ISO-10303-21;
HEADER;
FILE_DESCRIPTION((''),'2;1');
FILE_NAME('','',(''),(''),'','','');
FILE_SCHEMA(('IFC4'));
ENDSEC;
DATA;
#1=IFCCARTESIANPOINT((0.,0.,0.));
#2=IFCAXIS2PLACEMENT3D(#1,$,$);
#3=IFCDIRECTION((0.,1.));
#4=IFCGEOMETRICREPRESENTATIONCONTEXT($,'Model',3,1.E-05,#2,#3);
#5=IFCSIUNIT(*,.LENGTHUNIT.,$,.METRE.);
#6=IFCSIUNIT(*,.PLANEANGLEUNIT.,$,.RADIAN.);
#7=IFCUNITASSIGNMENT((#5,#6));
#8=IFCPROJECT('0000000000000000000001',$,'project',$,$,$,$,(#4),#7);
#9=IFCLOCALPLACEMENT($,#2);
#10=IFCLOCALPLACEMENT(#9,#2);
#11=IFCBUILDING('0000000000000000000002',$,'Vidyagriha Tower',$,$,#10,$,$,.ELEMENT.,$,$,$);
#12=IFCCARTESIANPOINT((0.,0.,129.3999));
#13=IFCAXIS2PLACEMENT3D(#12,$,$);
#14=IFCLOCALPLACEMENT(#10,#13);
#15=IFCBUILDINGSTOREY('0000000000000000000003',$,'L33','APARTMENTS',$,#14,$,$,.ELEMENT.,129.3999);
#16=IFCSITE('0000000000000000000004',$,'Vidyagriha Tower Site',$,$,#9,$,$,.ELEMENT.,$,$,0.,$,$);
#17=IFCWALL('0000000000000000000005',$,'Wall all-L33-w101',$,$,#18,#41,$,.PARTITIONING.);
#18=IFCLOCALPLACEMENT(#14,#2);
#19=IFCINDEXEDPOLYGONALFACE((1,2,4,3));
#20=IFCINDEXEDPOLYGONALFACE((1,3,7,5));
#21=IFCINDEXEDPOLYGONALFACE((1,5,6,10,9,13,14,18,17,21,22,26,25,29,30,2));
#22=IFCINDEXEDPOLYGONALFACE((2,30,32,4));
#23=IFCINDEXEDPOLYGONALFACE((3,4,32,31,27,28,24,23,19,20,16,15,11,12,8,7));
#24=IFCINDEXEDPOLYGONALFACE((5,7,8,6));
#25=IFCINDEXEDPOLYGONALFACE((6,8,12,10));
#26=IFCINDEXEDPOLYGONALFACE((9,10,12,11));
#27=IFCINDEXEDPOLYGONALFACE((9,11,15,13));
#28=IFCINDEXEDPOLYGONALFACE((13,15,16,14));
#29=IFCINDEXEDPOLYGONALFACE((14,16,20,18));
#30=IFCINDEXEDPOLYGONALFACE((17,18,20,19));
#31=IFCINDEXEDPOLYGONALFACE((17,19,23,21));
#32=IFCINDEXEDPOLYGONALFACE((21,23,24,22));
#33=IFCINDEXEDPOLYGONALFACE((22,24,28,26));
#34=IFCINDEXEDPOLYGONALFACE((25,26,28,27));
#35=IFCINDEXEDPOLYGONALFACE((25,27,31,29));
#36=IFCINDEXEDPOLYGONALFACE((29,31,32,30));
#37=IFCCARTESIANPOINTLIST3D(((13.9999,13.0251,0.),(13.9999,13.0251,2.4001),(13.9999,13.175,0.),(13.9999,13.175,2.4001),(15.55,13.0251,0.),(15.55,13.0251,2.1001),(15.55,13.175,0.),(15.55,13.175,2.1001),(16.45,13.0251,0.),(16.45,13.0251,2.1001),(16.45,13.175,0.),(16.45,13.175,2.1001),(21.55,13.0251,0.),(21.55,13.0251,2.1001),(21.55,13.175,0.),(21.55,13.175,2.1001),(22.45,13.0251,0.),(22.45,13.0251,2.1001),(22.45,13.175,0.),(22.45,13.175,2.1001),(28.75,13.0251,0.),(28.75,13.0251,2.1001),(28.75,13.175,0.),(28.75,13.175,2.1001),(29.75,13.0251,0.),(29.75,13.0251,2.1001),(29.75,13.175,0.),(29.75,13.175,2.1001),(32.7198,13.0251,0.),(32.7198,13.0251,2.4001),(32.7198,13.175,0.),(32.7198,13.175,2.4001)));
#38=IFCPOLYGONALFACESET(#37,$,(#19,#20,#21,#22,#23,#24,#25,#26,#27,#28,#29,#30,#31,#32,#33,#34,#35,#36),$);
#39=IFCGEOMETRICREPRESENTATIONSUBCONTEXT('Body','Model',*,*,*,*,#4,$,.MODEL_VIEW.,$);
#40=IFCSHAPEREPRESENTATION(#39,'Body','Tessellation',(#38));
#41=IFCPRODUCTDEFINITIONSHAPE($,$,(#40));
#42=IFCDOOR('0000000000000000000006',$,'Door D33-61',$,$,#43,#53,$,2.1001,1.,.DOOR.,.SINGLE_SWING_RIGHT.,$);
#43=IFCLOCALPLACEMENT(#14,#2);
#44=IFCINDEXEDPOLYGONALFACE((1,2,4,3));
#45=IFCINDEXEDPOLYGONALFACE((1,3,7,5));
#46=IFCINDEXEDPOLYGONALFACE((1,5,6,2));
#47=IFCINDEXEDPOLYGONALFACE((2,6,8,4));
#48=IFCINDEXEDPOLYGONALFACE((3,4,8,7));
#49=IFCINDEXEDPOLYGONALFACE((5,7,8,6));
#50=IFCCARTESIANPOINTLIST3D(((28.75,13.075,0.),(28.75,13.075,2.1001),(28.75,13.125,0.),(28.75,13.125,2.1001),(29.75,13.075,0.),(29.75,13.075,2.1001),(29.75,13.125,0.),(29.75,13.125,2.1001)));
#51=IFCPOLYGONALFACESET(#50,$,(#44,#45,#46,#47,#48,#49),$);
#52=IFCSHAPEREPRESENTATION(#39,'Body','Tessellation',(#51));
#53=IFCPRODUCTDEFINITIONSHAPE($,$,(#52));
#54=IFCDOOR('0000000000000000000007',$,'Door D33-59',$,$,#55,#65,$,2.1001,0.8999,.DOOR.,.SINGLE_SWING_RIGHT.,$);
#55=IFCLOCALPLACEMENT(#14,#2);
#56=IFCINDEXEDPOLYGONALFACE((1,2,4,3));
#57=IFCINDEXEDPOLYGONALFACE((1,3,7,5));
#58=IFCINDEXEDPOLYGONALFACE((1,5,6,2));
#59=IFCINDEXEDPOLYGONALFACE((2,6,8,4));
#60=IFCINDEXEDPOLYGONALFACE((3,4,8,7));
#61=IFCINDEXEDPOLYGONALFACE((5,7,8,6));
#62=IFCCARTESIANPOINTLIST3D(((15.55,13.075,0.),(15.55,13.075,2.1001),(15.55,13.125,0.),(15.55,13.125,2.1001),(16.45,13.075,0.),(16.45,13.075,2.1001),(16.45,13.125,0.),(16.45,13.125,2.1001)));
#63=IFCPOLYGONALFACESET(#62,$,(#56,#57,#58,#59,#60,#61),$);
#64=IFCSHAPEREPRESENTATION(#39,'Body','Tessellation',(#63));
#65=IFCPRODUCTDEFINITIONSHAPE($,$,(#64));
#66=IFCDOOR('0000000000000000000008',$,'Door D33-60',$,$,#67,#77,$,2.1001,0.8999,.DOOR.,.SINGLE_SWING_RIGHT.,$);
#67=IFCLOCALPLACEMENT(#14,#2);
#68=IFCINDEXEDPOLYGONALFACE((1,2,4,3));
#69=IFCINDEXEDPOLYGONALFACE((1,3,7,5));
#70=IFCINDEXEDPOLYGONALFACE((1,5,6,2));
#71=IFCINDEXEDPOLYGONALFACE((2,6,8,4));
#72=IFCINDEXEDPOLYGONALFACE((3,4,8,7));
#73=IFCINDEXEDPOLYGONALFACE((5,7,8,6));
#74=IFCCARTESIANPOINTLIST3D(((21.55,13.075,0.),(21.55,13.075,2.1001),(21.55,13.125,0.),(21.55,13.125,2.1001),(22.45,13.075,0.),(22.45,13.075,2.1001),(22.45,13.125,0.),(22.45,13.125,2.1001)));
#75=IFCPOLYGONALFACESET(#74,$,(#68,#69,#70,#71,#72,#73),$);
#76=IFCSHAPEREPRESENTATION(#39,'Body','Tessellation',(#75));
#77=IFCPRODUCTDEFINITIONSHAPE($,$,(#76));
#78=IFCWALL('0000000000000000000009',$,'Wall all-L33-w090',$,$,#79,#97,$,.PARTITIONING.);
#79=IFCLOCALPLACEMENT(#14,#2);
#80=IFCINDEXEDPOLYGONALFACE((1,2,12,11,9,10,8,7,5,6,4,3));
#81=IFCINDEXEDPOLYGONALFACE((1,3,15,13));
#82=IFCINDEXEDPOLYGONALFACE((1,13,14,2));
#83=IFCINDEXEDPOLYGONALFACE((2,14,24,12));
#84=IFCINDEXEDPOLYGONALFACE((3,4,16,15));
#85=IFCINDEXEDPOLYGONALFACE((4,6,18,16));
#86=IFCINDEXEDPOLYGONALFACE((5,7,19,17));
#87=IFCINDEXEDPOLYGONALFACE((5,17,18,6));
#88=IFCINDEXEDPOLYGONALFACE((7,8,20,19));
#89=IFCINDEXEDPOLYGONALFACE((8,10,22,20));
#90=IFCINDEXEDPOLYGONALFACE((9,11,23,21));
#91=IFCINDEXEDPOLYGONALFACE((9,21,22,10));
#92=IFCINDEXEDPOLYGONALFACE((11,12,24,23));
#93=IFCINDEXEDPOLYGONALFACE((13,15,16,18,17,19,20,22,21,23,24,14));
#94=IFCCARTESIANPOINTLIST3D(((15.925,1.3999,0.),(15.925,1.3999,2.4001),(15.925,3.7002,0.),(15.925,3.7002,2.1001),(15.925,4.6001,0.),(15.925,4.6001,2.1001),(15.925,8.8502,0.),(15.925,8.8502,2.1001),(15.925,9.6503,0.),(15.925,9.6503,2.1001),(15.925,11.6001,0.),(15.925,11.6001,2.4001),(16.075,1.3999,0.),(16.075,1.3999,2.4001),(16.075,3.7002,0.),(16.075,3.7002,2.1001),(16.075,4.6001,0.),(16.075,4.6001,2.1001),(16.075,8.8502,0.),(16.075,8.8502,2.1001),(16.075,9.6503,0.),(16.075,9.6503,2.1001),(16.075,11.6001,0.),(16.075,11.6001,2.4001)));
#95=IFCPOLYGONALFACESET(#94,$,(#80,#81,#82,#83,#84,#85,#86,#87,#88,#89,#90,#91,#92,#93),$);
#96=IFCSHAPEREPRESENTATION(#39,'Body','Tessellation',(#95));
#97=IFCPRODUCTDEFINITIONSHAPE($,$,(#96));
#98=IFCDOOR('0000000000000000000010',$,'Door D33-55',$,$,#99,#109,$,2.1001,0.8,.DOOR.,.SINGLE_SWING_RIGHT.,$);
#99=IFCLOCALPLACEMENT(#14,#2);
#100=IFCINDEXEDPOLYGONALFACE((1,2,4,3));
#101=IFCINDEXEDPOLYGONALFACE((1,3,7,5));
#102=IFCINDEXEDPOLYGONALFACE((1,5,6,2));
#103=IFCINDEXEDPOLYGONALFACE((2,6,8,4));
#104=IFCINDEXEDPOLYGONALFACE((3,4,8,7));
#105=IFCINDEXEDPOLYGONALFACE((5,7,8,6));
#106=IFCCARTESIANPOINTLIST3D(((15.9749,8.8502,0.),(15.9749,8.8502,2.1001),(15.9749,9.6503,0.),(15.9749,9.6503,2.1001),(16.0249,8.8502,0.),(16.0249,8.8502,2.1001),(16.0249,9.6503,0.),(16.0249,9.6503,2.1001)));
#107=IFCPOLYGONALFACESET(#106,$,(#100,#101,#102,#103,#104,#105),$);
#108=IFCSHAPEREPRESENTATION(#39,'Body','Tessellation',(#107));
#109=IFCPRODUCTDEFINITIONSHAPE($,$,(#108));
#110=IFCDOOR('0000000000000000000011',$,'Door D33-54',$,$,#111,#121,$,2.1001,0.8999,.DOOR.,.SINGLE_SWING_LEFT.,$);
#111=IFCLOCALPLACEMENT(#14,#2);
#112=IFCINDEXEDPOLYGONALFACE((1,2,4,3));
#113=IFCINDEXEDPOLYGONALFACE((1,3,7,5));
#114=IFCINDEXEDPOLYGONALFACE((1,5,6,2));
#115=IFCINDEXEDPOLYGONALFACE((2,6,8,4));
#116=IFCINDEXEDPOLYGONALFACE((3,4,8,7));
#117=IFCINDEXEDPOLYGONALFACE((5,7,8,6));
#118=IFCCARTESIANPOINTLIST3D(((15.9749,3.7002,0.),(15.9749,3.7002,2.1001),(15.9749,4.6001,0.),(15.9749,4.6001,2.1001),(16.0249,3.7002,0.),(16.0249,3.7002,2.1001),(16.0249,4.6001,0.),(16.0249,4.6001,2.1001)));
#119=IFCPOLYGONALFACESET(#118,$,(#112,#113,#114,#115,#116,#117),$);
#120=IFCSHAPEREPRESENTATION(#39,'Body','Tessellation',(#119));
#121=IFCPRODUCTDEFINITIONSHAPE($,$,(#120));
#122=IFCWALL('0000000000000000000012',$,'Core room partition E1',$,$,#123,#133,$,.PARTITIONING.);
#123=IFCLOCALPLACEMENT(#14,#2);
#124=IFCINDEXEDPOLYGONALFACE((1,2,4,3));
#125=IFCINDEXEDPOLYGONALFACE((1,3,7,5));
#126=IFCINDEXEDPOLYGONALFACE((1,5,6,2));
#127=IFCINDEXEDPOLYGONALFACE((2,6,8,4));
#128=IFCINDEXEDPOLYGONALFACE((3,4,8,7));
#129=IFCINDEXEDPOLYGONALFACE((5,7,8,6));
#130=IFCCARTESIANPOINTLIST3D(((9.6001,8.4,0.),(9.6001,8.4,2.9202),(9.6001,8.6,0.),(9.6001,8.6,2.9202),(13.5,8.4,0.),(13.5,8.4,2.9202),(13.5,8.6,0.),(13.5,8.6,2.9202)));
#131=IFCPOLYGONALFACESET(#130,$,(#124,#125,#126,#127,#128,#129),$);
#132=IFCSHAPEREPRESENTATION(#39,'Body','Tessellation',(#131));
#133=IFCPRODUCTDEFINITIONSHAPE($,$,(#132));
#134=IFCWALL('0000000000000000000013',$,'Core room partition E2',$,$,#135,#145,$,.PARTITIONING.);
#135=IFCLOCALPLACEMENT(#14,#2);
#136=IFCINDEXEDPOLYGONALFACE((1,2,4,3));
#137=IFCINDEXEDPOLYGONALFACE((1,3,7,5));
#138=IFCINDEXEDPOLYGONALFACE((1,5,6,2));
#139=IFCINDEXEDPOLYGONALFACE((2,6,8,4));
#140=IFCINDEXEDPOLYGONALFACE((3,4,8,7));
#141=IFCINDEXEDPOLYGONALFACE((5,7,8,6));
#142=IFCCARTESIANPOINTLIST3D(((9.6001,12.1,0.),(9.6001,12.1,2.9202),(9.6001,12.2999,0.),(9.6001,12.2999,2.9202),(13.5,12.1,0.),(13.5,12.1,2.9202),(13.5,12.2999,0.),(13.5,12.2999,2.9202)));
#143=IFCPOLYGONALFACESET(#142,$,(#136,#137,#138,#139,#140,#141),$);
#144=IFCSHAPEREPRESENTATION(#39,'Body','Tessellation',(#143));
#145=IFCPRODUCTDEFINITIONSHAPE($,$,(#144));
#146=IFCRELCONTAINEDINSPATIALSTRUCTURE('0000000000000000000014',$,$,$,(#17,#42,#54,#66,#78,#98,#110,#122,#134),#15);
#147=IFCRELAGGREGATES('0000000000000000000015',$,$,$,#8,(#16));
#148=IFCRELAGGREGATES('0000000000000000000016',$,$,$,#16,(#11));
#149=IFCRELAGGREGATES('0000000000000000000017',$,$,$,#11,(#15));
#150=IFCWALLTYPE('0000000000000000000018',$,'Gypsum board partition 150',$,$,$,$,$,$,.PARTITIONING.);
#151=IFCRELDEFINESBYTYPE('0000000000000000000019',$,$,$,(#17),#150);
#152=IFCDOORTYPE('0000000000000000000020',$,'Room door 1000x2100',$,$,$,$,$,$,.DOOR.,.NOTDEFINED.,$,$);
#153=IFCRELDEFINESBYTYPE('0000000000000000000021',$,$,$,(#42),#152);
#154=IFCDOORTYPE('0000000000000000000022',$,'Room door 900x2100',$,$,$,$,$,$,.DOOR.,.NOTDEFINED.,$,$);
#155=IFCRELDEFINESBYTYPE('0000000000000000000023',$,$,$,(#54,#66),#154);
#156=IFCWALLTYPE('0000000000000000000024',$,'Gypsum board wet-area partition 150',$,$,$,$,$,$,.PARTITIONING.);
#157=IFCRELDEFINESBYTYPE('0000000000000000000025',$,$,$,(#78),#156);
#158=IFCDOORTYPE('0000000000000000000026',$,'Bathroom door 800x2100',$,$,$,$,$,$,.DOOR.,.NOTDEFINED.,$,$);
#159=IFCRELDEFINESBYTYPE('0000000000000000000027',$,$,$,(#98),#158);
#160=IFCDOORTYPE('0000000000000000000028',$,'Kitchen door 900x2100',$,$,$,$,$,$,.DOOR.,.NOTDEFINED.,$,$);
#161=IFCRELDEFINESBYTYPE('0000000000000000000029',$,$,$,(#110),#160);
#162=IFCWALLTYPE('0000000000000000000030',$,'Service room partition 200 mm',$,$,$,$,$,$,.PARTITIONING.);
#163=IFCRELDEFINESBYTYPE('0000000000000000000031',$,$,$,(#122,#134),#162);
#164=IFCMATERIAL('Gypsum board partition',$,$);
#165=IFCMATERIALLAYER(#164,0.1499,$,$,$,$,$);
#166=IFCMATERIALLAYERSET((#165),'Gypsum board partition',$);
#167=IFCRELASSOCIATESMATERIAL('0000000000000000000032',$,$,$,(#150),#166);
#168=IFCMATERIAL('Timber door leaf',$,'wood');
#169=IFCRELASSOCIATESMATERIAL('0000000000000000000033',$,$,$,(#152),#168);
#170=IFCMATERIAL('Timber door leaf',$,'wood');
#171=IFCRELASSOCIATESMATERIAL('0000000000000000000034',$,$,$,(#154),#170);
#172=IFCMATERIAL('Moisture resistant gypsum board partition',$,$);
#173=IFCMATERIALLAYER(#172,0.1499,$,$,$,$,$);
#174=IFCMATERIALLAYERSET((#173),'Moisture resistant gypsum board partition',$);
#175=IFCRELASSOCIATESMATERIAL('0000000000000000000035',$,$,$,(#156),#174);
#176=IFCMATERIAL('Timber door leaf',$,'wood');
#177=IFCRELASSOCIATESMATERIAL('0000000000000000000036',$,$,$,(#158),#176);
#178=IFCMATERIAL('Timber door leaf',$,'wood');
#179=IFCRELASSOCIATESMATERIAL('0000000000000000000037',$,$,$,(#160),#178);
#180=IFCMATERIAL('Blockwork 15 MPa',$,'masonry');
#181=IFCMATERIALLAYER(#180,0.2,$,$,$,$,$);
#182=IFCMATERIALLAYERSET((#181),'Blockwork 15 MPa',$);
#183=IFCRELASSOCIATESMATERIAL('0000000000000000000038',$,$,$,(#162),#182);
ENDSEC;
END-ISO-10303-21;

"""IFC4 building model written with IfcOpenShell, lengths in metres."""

from ifc_helpers import new_model, si_unit, direction, frame, frame_2d, origin, place, context, subcontext, project, spatial, rectangle, extrude, material, layer, layer_set, type_object, element, fill, save


model = new_model("IFC4")

# Units and contexts
model_context = context("Model", 3, precision=1e-05, world=origin(), true_north=direction((0.0, 1.0)))
body_context = subcontext(model_context, "Body", "Model", "MODEL_VIEW")
ifc_project = project(units=[si_unit("LENGTHUNIT", "METRE"), si_unit("PLANEANGLEUNIT", "RADIAN")], contexts=[model_context])

# Site, building, storey
site_placement = place(None, origin())
site = spatial("IfcSite", under=ifc_project, at=site_placement, Name="Vidyagriha Tower Site", CompositionType="ELEMENT", RefElevation=0.0)
building_placement = place(site_placement, origin())
building = spatial("IfcBuilding", under=site, at=building_placement, Name="Vidyagriha Tower", CompositionType="ELEMENT")
storey_placement = place(building_placement, frame((0.0, 0.0, 129.3999)))
storey = spatial("IfcBuildingStorey", under=building, at=storey_placement, Name="L33", Description="APARTMENTS", CompositionType="ELEMENT", Elevation=129.3999)

# Shared definitions
ifc_material_1 = material(Name="Gypsum board partition")
ifc_layer_1 = layer(ifc_material_1, 0.1499)
ifc_layer_set_1 = layer_set([ifc_layer_1], Name="Gypsum board partition")
wall_type_1 = type_object("IfcWallType", Name="Gypsum board partition 150", PredefinedType="PARTITIONING", material=ifc_layer_set_1)

# Walls, openings, doors
wall_1_placement = place(storey_placement, frame((14.0, 13.1001, 0.0)))
wall_1 = element("IfcWall", 1, at=wall_1_placement, inside=storey, type_object=wall_type_1, Name="Wall all-L33-w101", PredefinedType="PARTITIONING", context=body_context, shape_type="SweptSolid", body=[
    extrude(rectangle(XDim=18.72, YDim=0.1499, at=frame_2d((9.3599, 0.0))), origin(), (0.0, 0.0, 1.0), 2.4001),
])
opening_1_placement = place(wall_1_placement, frame((1.55, 0.0, 0.0)))
opening_1 = element("IfcOpeningElement", 2, at=opening_1_placement, cuts=wall_1, PredefinedType="OPENING", context=body_context, shape_type="SweptSolid", body=[
    extrude(rectangle(XDim=0.8999, YDim=2.1001, at=frame_2d((0.45, 1.05))), frame((0.0, 0.085, 0.0), z_axis=(0.0, -1.0, 0.0), x_axis=(1.0, 0.0, 0.0)), (0.0, 0.0, 1.0), 0.1699),
])
opening_2_placement = place(wall_1_placement, frame((7.55, 0.0, 0.0)))
opening_2 = element("IfcOpeningElement", 3, at=opening_2_placement, cuts=wall_1, PredefinedType="OPENING", context=body_context, shape_type="SweptSolid", body=[
    extrude(rectangle(XDim=0.8999, YDim=2.1001, at=frame_2d((0.45, 1.05))), frame((0.0, 0.085, 0.0), z_axis=(0.0, -1.0, 0.0), x_axis=(1.0, 0.0, 0.0)), (0.0, 0.0, 1.0), 0.1699),
])
opening_3_placement = place(wall_1_placement, frame((14.75, 0.0, 0.0)))
opening_3 = element("IfcOpeningElement", 4, at=opening_3_placement, cuts=wall_1, PredefinedType="OPENING", context=body_context, shape_type="SweptSolid", body=[
    extrude(rectangle(XDim=1.0, YDim=2.1001, at=frame_2d((0.5, 1.05))), frame((0.0, 0.085, 0.0), z_axis=(0.0, -1.0, 0.0), x_axis=(1.0, 0.0, 0.0)), (0.0, 0.0, 1.0), 0.1699),
])
ifc_material_2 = material(Name="Timber door leaf", Category="wood")
door_type_1 = type_object("IfcDoorType", Name="Room door 1000x2100", OperationType="NOTDEFINED", PredefinedType="DOOR", material=ifc_material_2)
door_1_placement = place(opening_3_placement, origin())
door_1 = element("IfcDoor", 5, at=door_1_placement, inside=storey, type_object=door_type_1, Name="Door D33-61", OperationType="SINGLE_SWING_RIGHT", OverallHeight=2.1001, OverallWidth=1.0, PredefinedType="DOOR", context=body_context, shape_type="SweptSolid", body=[
    extrude(rectangle(XDim=1.0, YDim=2.1001, at=frame_2d((0.5, 1.05))), frame((0.0, 0.0249, 0.0), z_axis=(0.0, -1.0, 0.0), x_axis=(1.0, 0.0, 0.0)), (0.0, 0.0, 1.0), 0.05),
])
fill(opening_3, door_1)
ifc_material_3 = material(Name="Timber door leaf", Category="wood")
door_type_2 = type_object("IfcDoorType", Name="Room door 900x2100", OperationType="NOTDEFINED", PredefinedType="DOOR", material=ifc_material_3)
door_2_placement = place(opening_1_placement, origin())
door_2 = element("IfcDoor", 6, at=door_2_placement, inside=storey, type_object=door_type_2, Name="Door D33-59", OperationType="SINGLE_SWING_RIGHT", OverallHeight=2.1001, OverallWidth=0.8999, PredefinedType="DOOR", context=body_context, shape_type="SweptSolid", body=[
    extrude(rectangle(XDim=0.8999, YDim=2.1001, at=frame_2d((0.45, 1.05))), frame((0.0, 0.0249, 0.0), z_axis=(0.0, -1.0, 0.0), x_axis=(1.0, 0.0, 0.0)), (0.0, 0.0, 1.0), 0.05),
])
fill(opening_1, door_2)
door_3_placement = place(opening_2_placement, origin())
door_3 = element("IfcDoor", 7, at=door_3_placement, inside=storey, type_object=door_type_2, Name="Door D33-60", OperationType="SINGLE_SWING_RIGHT", OverallHeight=2.1001, OverallWidth=0.8999, PredefinedType="DOOR", context=body_context, shape_type="SweptSolid", body=[
    extrude(rectangle(XDim=0.8999, YDim=2.1001, at=frame_2d((0.45, 1.05))), frame((0.0, 0.0249, 0.0), z_axis=(0.0, -1.0, 0.0), x_axis=(1.0, 0.0, 0.0)), (0.0, 0.0, 1.0), 0.05),
])
fill(opening_2, door_3)
ifc_material_4 = material(Name="Moisture resistant gypsum board partition")
ifc_layer_2 = layer(ifc_material_4, 0.1499)
ifc_layer_set_2 = layer_set([ifc_layer_2], Name="Moisture resistant gypsum board partition")
wall_type_2 = type_object("IfcWallType", Name="Gypsum board wet-area partition 150", PredefinedType="PARTITIONING", material=ifc_layer_set_2)
wall_2_placement = place(storey_placement, frame((16.0, 11.6001, 0.0), z_axis=(0.0, 0.0, 1.0), x_axis=(0.0, -1.0, 0.0)))
wall_2 = element("IfcWall", 8, at=wall_2_placement, inside=storey, type_object=wall_type_2, Name="Wall all-L33-w090", PredefinedType="PARTITIONING", context=body_context, shape_type="SweptSolid", body=[
    extrude(rectangle(XDim=10.2002, YDim=0.1499, at=frame_2d((5.1001, 0.0))), origin(), (0.0, 0.0, 1.0), 2.4001),
])
opening_4_placement = place(wall_2_placement, frame((7.0, 0.0, 0.0)))
opening_4 = element("IfcOpeningElement", 9, at=opening_4_placement, cuts=wall_2, PredefinedType="OPENING", context=body_context, shape_type="SweptSolid", body=[
    extrude(rectangle(XDim=0.8999, YDim=2.1001, at=frame_2d((0.45, 1.05))), frame((0.0, 0.085, 0.0), z_axis=(0.0, -1.0, 0.0), x_axis=(1.0, 0.0, 0.0)), (0.0, 0.0, 1.0), 0.1699),
])
opening_5_placement = place(wall_2_placement, frame((1.95, 0.0, 0.0)))
opening_5 = element("IfcOpeningElement", 10, at=opening_5_placement, cuts=wall_2, PredefinedType="OPENING", context=body_context, shape_type="SweptSolid", body=[
    extrude(rectangle(XDim=0.8, YDim=2.1001, at=frame_2d((0.3999, 1.05))), frame((0.0, 0.085, 0.0), z_axis=(0.0, -1.0, 0.0), x_axis=(1.0, 0.0, 0.0)), (0.0, 0.0, 1.0), 0.1699),
])
ifc_material_5 = material(Name="Timber door leaf", Category="wood")
door_type_3 = type_object("IfcDoorType", Name="Bathroom door 800x2100", OperationType="NOTDEFINED", PredefinedType="DOOR", material=ifc_material_5)
door_4_placement = place(opening_5_placement, origin())
door_4 = element("IfcDoor", 11, at=door_4_placement, inside=storey, type_object=door_type_3, Name="Door D33-55", OperationType="SINGLE_SWING_RIGHT", OverallHeight=2.1001, OverallWidth=0.8, PredefinedType="DOOR", context=body_context, shape_type="SweptSolid", body=[
    extrude(rectangle(XDim=0.8, YDim=2.1001, at=frame_2d((0.3999, 1.05))), frame((0.0, 0.0249, 0.0), z_axis=(0.0, -1.0, 0.0), x_axis=(1.0, 0.0, 0.0)), (0.0, 0.0, 1.0), 0.05),
])
fill(opening_5, door_4)
ifc_material_6 = material(Name="Timber door leaf", Category="wood")
door_type_4 = type_object("IfcDoorType", Name="Kitchen door 900x2100", OperationType="NOTDEFINED", PredefinedType="DOOR", material=ifc_material_6)
door_5_placement = place(opening_4_placement, origin())
door_5 = element("IfcDoor", 12, at=door_5_placement, inside=storey, type_object=door_type_4, Name="Door D33-54", OperationType="SINGLE_SWING_LEFT", OverallHeight=2.1001, OverallWidth=0.8999, PredefinedType="DOOR", context=body_context, shape_type="SweptSolid", body=[
    extrude(rectangle(XDim=0.8999, YDim=2.1001, at=frame_2d((0.45, 1.05))), frame((0.0, 0.0249, 0.0), z_axis=(0.0, -1.0, 0.0), x_axis=(1.0, 0.0, 0.0)), (0.0, 0.0, 1.0), 0.05),
])
fill(opening_4, door_5)

# Walls
ifc_material_7 = material(Name="Blockwork 15 MPa", Category="masonry")
ifc_layer_3 = layer(ifc_material_7, 0.2)
ifc_layer_set_3 = layer_set([ifc_layer_3], Name="Blockwork 15 MPa")
wall_type_3 = type_object("IfcWallType", Name="Service room partition 200 mm", PredefinedType="PARTITIONING", material=ifc_layer_set_3)
for number, where, name in (
    (13, (9.6001, 8.5, 0.0), "Core room partition E1"),
    (14, (9.6001, 12.2, 0.0), "Core room partition E2"),
):
    element("IfcWall", number, at=place(storey_placement, frame(where)), inside=storey, type_object=wall_type_3, Name=name, PredefinedType="PARTITIONING", context=body_context, shape_type="SweptSolid", body=[
        extrude(rectangle(XDim=3.8999, YDim=0.2, at=frame_2d((1.95, 0.0))), origin(), (0.0, 0.0, 1.0), 2.9202),
    ])

save(model, "model.ifc")
